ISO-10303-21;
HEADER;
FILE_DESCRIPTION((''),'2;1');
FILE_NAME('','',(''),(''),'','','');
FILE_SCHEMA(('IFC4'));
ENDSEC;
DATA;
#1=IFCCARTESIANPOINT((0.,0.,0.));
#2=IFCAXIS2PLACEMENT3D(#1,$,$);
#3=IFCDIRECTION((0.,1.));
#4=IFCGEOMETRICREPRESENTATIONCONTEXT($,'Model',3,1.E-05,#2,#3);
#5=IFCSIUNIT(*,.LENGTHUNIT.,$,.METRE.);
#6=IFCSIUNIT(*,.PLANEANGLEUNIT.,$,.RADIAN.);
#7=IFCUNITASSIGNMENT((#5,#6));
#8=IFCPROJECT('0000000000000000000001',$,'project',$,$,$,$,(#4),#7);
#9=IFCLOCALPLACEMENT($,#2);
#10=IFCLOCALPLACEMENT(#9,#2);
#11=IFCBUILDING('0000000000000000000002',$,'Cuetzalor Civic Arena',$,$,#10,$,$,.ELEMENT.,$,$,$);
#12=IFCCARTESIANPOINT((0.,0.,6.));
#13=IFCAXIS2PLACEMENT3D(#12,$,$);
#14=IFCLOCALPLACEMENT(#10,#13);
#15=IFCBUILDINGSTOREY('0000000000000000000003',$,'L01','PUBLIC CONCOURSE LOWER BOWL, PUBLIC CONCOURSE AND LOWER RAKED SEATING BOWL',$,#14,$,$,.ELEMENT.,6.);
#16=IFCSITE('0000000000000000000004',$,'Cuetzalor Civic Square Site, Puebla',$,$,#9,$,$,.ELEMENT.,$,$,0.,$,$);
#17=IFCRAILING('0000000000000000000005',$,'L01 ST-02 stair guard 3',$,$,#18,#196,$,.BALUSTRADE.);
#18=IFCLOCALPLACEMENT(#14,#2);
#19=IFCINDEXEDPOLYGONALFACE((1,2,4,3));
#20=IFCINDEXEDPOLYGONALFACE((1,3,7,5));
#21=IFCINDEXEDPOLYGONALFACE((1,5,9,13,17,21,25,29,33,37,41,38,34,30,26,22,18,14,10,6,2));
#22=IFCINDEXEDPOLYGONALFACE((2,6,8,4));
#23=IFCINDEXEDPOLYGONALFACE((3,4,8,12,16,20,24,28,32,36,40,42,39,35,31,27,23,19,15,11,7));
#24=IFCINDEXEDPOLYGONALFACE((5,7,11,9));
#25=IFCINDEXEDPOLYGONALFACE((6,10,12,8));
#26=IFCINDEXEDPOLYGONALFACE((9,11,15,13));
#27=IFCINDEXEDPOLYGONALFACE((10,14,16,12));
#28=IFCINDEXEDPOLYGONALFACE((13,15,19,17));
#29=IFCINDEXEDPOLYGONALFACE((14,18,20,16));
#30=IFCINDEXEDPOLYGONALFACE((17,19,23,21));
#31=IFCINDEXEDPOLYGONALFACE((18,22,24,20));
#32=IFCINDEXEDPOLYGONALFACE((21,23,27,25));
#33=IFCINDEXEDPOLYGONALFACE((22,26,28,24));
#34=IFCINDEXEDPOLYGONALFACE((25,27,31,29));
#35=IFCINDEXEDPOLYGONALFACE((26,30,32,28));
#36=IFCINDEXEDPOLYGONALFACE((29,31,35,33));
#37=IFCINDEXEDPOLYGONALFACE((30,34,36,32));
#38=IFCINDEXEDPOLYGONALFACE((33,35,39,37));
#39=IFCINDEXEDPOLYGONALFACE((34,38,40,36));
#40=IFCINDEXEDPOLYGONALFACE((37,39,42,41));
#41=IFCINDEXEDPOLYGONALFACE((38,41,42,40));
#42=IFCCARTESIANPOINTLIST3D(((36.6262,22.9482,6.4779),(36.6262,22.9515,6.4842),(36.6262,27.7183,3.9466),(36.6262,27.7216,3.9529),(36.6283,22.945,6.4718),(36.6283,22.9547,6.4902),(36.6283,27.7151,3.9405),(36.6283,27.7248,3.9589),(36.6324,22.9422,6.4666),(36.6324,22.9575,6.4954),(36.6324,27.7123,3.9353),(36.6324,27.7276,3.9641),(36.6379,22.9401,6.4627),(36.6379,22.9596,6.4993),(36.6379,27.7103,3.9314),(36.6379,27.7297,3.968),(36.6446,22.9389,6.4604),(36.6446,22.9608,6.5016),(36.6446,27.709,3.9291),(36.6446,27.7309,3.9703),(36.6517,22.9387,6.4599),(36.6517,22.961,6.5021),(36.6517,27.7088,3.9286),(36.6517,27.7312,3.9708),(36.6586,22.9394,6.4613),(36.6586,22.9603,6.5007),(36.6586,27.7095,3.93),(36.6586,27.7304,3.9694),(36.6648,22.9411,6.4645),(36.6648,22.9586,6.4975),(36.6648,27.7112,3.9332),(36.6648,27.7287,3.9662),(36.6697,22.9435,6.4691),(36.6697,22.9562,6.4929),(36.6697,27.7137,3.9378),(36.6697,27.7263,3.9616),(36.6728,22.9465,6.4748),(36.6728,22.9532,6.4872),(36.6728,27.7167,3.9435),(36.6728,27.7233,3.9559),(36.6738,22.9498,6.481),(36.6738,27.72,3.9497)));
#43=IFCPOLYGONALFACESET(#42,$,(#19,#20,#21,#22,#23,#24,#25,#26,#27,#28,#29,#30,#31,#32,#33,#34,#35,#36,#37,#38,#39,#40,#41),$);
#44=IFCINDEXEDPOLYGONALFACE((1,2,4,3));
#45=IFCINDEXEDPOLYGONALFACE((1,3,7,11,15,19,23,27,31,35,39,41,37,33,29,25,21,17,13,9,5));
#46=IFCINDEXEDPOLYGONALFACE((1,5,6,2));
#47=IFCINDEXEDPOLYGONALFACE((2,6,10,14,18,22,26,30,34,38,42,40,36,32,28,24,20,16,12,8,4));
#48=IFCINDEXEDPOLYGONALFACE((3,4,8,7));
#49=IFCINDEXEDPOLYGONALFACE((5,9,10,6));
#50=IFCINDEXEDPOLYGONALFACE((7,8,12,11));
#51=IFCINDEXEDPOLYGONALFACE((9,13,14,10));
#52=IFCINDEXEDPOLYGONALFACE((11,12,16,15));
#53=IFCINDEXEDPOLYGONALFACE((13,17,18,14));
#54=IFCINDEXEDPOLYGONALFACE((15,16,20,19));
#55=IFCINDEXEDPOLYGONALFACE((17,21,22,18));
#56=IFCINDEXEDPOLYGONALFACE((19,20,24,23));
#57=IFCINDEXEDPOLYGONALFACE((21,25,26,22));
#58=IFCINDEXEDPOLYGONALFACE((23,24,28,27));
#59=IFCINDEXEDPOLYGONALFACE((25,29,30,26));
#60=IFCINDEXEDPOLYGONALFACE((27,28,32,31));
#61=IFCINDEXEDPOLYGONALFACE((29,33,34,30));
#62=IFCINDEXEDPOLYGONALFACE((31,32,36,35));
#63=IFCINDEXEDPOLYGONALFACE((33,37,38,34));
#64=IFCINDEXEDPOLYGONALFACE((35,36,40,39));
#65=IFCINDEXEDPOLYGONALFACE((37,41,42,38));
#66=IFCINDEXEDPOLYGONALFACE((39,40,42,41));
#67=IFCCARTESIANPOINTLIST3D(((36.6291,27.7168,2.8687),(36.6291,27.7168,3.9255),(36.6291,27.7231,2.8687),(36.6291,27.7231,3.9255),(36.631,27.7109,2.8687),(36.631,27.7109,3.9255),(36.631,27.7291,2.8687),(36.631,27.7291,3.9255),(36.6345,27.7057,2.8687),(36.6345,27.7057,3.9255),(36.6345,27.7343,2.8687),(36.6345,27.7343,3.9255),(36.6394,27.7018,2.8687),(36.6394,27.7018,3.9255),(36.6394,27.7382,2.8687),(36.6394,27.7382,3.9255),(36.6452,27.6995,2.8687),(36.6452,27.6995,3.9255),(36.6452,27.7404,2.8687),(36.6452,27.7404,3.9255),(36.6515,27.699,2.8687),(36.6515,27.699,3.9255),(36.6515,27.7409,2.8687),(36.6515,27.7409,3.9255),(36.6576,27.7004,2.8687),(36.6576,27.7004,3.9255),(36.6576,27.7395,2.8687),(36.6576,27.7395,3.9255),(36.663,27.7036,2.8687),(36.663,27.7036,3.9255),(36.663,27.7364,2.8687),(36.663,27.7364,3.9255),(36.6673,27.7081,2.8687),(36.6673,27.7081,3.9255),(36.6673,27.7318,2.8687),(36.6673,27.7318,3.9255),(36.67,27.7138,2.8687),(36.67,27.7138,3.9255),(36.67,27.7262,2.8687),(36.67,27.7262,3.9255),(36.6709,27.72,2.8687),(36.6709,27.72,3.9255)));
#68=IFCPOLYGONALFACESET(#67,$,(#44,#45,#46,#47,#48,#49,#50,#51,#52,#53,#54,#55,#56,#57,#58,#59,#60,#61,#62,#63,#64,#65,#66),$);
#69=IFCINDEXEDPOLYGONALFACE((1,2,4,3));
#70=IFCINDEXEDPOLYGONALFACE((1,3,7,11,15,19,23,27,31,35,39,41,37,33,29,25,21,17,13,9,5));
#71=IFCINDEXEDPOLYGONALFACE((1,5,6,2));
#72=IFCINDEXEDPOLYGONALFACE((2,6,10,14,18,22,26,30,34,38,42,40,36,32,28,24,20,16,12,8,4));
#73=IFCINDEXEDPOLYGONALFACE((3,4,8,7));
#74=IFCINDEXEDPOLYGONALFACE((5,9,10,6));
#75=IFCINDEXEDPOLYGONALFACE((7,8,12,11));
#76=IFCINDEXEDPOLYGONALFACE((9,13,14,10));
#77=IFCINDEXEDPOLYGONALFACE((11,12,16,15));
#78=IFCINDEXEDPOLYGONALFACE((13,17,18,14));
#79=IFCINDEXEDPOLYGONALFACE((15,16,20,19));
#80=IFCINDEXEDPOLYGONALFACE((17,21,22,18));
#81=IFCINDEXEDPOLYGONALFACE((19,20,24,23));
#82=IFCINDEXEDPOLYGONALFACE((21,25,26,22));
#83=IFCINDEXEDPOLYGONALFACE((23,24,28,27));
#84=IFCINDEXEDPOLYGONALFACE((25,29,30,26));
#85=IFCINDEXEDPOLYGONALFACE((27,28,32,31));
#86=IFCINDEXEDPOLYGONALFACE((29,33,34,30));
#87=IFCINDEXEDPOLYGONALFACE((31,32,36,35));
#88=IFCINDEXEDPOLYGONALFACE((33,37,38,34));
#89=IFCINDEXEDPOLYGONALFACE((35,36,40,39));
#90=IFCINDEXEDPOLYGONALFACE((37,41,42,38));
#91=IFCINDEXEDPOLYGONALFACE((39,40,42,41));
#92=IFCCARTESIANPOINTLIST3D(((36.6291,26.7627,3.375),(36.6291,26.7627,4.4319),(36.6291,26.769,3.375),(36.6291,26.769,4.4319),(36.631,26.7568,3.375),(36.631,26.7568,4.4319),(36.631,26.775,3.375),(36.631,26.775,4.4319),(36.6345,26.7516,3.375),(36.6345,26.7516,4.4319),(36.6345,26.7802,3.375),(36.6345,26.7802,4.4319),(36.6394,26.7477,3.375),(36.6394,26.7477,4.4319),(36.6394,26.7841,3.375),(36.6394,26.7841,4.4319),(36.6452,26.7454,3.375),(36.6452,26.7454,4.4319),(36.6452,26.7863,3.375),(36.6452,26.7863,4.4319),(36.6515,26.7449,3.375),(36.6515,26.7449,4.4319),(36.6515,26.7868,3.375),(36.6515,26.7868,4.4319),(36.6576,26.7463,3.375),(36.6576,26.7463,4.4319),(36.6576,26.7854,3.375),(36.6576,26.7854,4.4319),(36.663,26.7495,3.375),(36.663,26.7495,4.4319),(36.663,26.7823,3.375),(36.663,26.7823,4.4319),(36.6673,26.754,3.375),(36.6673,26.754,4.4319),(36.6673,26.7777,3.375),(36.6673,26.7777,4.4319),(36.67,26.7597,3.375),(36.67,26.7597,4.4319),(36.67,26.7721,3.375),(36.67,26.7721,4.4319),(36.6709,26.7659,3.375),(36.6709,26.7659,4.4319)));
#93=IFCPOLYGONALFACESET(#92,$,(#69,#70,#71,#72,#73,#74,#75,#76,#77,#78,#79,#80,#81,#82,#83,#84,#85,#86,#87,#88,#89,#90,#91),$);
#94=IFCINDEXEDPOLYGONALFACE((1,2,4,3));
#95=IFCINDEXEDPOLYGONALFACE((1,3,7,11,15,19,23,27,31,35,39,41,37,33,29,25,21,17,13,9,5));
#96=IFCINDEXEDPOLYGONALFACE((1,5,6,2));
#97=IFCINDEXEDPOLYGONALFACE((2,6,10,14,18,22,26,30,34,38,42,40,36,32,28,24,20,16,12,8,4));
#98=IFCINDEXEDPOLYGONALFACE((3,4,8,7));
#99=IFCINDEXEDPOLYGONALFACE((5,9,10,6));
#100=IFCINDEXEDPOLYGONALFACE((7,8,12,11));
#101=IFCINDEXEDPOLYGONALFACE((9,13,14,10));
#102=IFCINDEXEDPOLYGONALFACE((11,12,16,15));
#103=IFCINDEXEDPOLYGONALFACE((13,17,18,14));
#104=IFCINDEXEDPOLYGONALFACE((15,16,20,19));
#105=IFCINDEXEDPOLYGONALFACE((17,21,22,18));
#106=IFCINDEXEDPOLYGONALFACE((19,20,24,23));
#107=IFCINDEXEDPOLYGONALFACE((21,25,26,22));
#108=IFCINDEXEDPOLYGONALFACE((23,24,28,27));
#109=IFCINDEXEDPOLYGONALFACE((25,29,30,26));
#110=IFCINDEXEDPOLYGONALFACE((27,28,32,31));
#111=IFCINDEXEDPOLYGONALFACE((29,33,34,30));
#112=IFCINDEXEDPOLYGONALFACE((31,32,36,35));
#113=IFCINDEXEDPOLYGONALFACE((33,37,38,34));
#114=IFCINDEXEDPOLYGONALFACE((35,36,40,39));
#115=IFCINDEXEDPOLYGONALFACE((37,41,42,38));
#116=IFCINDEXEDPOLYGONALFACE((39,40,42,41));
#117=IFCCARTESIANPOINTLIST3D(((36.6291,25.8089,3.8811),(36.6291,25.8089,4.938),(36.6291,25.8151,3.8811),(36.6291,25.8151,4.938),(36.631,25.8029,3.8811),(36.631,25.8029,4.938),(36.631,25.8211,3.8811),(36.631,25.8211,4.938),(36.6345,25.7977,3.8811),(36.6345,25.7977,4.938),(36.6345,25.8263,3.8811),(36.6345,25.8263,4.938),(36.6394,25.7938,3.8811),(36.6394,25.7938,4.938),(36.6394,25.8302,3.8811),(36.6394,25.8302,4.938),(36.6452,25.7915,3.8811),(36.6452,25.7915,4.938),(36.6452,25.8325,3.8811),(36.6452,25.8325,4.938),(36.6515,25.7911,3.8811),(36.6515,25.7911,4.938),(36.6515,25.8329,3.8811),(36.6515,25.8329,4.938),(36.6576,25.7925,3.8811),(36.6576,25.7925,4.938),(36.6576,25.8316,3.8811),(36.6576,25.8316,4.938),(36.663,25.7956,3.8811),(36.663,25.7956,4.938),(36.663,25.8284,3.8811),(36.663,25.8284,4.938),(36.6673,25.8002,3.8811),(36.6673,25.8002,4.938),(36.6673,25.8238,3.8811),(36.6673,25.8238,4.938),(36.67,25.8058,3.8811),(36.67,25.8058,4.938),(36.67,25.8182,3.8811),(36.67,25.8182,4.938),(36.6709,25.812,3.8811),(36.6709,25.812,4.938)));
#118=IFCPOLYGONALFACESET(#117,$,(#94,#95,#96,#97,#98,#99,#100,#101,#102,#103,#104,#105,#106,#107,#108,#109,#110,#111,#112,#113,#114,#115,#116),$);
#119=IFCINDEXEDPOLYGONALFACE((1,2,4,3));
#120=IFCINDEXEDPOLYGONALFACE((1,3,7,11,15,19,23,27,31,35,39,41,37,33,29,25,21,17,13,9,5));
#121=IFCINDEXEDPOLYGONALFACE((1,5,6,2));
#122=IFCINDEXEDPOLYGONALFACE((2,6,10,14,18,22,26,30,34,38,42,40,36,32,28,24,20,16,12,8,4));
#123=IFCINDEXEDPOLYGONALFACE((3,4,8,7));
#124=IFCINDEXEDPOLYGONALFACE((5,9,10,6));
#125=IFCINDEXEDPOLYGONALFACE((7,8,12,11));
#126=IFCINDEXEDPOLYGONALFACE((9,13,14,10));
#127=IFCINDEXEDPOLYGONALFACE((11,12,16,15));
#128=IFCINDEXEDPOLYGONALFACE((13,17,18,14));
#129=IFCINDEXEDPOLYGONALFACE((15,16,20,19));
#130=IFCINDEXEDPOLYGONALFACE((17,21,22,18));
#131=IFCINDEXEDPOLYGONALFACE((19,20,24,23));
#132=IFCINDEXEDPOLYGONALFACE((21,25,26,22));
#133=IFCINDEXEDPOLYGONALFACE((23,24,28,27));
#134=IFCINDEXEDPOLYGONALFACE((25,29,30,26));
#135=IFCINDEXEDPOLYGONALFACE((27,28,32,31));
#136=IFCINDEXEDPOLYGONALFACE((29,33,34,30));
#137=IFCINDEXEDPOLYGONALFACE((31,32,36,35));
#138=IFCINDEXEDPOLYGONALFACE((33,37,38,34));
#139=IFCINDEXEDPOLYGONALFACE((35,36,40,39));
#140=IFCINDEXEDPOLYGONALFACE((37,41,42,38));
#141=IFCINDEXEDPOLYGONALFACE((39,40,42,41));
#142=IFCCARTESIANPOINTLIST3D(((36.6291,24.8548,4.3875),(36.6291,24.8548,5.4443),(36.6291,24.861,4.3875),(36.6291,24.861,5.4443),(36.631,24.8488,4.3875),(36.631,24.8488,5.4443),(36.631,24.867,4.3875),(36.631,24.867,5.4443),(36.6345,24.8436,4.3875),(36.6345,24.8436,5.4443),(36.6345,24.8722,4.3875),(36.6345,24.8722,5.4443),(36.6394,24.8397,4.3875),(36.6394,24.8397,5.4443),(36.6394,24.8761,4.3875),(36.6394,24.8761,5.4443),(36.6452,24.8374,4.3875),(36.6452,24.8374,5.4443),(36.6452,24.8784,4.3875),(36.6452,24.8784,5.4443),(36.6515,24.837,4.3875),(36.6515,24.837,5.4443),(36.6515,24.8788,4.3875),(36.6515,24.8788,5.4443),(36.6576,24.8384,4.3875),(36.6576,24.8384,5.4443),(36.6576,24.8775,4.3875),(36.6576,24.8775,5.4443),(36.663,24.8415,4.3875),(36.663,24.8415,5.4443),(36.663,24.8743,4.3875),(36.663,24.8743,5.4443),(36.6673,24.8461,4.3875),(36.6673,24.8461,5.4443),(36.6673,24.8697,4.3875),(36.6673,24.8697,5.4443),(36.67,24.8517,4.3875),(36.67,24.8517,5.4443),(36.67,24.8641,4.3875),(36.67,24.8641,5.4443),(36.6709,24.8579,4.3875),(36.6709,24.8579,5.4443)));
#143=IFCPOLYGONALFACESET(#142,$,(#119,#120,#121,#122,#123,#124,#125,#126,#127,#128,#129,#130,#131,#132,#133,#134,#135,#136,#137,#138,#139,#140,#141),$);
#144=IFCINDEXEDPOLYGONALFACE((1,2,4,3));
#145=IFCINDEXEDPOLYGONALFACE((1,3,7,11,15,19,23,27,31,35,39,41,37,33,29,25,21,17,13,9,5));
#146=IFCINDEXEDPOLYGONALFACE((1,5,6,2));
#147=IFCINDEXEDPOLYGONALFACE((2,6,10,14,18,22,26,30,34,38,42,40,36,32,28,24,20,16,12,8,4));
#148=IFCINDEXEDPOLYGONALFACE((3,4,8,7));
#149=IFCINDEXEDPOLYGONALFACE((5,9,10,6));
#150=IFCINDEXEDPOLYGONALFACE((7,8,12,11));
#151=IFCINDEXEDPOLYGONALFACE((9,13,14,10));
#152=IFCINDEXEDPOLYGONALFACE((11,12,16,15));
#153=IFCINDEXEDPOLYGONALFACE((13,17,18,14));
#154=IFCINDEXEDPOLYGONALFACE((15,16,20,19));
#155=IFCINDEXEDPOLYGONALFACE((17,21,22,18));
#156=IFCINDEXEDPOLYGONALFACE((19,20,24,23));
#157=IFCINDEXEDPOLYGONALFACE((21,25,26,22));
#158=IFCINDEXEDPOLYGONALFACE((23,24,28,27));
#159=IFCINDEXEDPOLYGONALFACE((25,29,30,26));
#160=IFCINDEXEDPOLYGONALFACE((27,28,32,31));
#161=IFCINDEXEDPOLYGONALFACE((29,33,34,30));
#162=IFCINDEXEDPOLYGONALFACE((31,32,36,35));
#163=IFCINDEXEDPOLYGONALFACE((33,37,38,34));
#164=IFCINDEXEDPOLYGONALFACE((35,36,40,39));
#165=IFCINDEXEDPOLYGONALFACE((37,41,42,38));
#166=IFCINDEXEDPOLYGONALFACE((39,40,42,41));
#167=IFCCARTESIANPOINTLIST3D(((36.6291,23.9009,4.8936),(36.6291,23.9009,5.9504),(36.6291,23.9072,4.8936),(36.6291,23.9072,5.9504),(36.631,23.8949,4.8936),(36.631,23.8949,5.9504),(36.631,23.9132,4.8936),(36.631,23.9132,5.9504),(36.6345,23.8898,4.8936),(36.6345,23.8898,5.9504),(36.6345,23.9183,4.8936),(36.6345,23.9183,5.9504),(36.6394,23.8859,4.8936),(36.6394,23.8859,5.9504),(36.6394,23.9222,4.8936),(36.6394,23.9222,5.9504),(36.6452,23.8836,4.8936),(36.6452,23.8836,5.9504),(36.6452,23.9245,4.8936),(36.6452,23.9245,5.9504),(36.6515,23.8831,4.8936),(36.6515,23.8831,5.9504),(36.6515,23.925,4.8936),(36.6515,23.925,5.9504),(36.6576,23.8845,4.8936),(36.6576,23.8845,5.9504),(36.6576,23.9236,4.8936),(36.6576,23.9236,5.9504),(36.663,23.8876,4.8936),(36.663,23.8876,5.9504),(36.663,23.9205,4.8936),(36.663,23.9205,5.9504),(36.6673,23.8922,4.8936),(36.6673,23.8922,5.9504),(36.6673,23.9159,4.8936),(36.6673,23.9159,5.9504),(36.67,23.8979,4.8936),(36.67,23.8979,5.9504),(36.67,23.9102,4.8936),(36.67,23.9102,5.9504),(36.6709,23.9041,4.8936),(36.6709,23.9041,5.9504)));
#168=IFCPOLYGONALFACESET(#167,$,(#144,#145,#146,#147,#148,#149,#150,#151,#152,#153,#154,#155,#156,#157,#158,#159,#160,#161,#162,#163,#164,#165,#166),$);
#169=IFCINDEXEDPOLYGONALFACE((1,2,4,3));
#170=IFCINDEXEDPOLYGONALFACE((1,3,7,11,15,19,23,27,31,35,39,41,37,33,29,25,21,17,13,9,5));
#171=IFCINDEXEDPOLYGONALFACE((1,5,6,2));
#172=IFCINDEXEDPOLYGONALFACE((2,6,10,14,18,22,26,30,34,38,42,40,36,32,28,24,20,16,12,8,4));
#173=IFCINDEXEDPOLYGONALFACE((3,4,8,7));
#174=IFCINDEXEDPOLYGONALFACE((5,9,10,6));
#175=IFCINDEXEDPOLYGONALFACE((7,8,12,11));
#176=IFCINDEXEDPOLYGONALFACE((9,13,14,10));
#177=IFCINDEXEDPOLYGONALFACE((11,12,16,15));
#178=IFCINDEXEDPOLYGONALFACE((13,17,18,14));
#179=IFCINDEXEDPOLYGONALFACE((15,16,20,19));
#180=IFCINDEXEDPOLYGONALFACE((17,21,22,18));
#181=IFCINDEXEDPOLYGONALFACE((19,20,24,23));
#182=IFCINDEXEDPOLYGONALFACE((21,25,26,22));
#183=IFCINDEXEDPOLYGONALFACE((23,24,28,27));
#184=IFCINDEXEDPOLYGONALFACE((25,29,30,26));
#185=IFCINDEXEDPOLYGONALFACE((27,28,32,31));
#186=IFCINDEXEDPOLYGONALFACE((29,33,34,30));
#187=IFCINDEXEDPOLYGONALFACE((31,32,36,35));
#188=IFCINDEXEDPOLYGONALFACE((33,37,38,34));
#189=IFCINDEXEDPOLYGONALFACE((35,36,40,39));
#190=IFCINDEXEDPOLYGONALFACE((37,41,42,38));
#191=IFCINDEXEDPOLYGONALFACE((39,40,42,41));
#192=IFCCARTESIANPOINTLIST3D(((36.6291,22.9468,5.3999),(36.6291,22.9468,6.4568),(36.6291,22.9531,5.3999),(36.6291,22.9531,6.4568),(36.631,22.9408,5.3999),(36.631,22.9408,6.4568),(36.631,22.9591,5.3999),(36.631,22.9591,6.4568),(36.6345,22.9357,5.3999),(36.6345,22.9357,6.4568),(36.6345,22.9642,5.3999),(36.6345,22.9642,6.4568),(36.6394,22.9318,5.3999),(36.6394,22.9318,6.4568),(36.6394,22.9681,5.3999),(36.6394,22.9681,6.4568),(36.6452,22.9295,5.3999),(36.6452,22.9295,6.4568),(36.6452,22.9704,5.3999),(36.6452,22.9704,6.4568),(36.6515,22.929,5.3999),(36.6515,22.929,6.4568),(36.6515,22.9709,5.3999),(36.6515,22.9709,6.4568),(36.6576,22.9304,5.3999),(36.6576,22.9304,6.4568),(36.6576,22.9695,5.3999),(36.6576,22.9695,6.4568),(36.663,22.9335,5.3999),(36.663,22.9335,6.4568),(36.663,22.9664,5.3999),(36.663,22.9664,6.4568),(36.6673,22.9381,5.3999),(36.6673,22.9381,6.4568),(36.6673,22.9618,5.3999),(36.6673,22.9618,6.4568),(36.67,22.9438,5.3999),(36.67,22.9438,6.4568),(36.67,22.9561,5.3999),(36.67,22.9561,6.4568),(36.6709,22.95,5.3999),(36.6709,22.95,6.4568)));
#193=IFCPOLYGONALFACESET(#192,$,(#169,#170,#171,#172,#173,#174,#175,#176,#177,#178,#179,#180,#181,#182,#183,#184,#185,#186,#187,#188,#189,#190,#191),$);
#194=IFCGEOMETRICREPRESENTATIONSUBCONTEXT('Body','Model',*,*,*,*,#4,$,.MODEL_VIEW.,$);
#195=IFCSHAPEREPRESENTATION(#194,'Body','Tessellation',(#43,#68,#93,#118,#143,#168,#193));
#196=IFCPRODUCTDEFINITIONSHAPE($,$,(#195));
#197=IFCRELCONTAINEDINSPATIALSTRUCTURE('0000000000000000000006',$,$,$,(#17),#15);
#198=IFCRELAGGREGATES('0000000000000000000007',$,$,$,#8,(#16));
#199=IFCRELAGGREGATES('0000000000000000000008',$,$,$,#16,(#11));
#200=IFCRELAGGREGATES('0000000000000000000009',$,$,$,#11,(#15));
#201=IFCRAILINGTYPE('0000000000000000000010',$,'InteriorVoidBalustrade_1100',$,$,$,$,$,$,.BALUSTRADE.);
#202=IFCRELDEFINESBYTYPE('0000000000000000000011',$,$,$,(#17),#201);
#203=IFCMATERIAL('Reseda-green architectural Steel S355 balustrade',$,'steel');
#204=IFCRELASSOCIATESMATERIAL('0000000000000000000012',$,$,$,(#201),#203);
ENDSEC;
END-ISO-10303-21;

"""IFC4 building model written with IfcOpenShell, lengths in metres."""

from ifc_helpers import new_model, si_unit, direction, frame, origin, origin_2d, place, context, subcontext, project, spatial, circle, extrude, material, type_object, element, save


model = new_model("IFC4")

# Units and contexts
model_context = context("Model", 3, precision=1e-05, world=origin(), true_north=direction((0.0, 1.0)))
body_context = subcontext(model_context, "Body", "Model", "MODEL_VIEW")
ifc_project = project(units=[si_unit("LENGTHUNIT", "METRE"), si_unit("PLANEANGLEUNIT", "RADIAN")], contexts=[model_context])

# Site, building, storey
site_placement = place(None, origin())
site = spatial("IfcSite", under=ifc_project, at=site_placement, Name="Cuetzalor Civic Square Site, Puebla", CompositionType="ELEMENT", RefElevation=0.0)
building_placement = place(site_placement, origin())
building = spatial("IfcBuilding", under=site, at=building_placement, Name="Cuetzalor Civic Arena", CompositionType="ELEMENT")
storey_placement = place(building_placement, frame((0.0, 0.0, 6.0)))
storey = spatial("IfcBuildingStorey", under=building, at=storey_placement, Name="L01", Description="PUBLIC CONCOURSE LOWER BOWL, PUBLIC CONCOURSE AND LOWER RAKED SEATING BOWL", CompositionType="ELEMENT", Elevation=6.0)

# Railing
ifc_material_1 = material(Name="Reseda-green architectural Steel S355 balustrade", Category="steel")
railing_type_1 = type_object("IfcRailingType", Name="InteriorVoidBalustrade_1100", PredefinedType="BALUSTRADE", material=ifc_material_1)
railing_1_placement = place(storey_placement, frame((36.6499, 27.72, 2.8687)))
element("IfcRailing", 1, at=railing_1_placement, inside=storey, type_object=railing_type_1, Name="L01 ST-02 stair guard 3", PredefinedType="BALUSTRADE", context=body_context, shape_type="SweptSolid", body=[
    extrude(circle(Radius=0.0239, at=origin_2d()), frame((0.0, 0.0, 1.0811), z_axis=(0.0, -0.883332, 0.468747), x_axis=(1.0, 0.0, 0.0)), (0.0, 0.0, 1.0), 5.4001),
    extrude(circle(Radius=0.021, at=origin_2d()), origin(), (0.0, 0.0, 1.0), 1.0569),
    extrude(circle(Radius=0.021, at=origin_2d()), frame((0.0, -0.9541, 0.5063)), (0.0, 0.0, 1.0), 1.0569),
    extrude(circle(Radius=0.021, at=origin_2d()), frame((0.0, -1.908, 1.0125)), (0.0, 0.0, 1.0), 1.0569),
    extrude(circle(Radius=0.021, at=origin_2d()), frame((0.0, -2.8621, 1.5188)), (0.0, 0.0, 1.0), 1.0569),
    extrude(circle(Radius=0.021, at=origin_2d()), frame((0.0, -3.8159, 2.0249)), (0.0, 0.0, 1.0), 1.0569),
    extrude(circle(Radius=0.021, at=origin_2d()), frame((0.0, -4.77, 2.5312)), (0.0, 0.0, 1.0), 1.0569),
])

save(model, "model.ifc")
